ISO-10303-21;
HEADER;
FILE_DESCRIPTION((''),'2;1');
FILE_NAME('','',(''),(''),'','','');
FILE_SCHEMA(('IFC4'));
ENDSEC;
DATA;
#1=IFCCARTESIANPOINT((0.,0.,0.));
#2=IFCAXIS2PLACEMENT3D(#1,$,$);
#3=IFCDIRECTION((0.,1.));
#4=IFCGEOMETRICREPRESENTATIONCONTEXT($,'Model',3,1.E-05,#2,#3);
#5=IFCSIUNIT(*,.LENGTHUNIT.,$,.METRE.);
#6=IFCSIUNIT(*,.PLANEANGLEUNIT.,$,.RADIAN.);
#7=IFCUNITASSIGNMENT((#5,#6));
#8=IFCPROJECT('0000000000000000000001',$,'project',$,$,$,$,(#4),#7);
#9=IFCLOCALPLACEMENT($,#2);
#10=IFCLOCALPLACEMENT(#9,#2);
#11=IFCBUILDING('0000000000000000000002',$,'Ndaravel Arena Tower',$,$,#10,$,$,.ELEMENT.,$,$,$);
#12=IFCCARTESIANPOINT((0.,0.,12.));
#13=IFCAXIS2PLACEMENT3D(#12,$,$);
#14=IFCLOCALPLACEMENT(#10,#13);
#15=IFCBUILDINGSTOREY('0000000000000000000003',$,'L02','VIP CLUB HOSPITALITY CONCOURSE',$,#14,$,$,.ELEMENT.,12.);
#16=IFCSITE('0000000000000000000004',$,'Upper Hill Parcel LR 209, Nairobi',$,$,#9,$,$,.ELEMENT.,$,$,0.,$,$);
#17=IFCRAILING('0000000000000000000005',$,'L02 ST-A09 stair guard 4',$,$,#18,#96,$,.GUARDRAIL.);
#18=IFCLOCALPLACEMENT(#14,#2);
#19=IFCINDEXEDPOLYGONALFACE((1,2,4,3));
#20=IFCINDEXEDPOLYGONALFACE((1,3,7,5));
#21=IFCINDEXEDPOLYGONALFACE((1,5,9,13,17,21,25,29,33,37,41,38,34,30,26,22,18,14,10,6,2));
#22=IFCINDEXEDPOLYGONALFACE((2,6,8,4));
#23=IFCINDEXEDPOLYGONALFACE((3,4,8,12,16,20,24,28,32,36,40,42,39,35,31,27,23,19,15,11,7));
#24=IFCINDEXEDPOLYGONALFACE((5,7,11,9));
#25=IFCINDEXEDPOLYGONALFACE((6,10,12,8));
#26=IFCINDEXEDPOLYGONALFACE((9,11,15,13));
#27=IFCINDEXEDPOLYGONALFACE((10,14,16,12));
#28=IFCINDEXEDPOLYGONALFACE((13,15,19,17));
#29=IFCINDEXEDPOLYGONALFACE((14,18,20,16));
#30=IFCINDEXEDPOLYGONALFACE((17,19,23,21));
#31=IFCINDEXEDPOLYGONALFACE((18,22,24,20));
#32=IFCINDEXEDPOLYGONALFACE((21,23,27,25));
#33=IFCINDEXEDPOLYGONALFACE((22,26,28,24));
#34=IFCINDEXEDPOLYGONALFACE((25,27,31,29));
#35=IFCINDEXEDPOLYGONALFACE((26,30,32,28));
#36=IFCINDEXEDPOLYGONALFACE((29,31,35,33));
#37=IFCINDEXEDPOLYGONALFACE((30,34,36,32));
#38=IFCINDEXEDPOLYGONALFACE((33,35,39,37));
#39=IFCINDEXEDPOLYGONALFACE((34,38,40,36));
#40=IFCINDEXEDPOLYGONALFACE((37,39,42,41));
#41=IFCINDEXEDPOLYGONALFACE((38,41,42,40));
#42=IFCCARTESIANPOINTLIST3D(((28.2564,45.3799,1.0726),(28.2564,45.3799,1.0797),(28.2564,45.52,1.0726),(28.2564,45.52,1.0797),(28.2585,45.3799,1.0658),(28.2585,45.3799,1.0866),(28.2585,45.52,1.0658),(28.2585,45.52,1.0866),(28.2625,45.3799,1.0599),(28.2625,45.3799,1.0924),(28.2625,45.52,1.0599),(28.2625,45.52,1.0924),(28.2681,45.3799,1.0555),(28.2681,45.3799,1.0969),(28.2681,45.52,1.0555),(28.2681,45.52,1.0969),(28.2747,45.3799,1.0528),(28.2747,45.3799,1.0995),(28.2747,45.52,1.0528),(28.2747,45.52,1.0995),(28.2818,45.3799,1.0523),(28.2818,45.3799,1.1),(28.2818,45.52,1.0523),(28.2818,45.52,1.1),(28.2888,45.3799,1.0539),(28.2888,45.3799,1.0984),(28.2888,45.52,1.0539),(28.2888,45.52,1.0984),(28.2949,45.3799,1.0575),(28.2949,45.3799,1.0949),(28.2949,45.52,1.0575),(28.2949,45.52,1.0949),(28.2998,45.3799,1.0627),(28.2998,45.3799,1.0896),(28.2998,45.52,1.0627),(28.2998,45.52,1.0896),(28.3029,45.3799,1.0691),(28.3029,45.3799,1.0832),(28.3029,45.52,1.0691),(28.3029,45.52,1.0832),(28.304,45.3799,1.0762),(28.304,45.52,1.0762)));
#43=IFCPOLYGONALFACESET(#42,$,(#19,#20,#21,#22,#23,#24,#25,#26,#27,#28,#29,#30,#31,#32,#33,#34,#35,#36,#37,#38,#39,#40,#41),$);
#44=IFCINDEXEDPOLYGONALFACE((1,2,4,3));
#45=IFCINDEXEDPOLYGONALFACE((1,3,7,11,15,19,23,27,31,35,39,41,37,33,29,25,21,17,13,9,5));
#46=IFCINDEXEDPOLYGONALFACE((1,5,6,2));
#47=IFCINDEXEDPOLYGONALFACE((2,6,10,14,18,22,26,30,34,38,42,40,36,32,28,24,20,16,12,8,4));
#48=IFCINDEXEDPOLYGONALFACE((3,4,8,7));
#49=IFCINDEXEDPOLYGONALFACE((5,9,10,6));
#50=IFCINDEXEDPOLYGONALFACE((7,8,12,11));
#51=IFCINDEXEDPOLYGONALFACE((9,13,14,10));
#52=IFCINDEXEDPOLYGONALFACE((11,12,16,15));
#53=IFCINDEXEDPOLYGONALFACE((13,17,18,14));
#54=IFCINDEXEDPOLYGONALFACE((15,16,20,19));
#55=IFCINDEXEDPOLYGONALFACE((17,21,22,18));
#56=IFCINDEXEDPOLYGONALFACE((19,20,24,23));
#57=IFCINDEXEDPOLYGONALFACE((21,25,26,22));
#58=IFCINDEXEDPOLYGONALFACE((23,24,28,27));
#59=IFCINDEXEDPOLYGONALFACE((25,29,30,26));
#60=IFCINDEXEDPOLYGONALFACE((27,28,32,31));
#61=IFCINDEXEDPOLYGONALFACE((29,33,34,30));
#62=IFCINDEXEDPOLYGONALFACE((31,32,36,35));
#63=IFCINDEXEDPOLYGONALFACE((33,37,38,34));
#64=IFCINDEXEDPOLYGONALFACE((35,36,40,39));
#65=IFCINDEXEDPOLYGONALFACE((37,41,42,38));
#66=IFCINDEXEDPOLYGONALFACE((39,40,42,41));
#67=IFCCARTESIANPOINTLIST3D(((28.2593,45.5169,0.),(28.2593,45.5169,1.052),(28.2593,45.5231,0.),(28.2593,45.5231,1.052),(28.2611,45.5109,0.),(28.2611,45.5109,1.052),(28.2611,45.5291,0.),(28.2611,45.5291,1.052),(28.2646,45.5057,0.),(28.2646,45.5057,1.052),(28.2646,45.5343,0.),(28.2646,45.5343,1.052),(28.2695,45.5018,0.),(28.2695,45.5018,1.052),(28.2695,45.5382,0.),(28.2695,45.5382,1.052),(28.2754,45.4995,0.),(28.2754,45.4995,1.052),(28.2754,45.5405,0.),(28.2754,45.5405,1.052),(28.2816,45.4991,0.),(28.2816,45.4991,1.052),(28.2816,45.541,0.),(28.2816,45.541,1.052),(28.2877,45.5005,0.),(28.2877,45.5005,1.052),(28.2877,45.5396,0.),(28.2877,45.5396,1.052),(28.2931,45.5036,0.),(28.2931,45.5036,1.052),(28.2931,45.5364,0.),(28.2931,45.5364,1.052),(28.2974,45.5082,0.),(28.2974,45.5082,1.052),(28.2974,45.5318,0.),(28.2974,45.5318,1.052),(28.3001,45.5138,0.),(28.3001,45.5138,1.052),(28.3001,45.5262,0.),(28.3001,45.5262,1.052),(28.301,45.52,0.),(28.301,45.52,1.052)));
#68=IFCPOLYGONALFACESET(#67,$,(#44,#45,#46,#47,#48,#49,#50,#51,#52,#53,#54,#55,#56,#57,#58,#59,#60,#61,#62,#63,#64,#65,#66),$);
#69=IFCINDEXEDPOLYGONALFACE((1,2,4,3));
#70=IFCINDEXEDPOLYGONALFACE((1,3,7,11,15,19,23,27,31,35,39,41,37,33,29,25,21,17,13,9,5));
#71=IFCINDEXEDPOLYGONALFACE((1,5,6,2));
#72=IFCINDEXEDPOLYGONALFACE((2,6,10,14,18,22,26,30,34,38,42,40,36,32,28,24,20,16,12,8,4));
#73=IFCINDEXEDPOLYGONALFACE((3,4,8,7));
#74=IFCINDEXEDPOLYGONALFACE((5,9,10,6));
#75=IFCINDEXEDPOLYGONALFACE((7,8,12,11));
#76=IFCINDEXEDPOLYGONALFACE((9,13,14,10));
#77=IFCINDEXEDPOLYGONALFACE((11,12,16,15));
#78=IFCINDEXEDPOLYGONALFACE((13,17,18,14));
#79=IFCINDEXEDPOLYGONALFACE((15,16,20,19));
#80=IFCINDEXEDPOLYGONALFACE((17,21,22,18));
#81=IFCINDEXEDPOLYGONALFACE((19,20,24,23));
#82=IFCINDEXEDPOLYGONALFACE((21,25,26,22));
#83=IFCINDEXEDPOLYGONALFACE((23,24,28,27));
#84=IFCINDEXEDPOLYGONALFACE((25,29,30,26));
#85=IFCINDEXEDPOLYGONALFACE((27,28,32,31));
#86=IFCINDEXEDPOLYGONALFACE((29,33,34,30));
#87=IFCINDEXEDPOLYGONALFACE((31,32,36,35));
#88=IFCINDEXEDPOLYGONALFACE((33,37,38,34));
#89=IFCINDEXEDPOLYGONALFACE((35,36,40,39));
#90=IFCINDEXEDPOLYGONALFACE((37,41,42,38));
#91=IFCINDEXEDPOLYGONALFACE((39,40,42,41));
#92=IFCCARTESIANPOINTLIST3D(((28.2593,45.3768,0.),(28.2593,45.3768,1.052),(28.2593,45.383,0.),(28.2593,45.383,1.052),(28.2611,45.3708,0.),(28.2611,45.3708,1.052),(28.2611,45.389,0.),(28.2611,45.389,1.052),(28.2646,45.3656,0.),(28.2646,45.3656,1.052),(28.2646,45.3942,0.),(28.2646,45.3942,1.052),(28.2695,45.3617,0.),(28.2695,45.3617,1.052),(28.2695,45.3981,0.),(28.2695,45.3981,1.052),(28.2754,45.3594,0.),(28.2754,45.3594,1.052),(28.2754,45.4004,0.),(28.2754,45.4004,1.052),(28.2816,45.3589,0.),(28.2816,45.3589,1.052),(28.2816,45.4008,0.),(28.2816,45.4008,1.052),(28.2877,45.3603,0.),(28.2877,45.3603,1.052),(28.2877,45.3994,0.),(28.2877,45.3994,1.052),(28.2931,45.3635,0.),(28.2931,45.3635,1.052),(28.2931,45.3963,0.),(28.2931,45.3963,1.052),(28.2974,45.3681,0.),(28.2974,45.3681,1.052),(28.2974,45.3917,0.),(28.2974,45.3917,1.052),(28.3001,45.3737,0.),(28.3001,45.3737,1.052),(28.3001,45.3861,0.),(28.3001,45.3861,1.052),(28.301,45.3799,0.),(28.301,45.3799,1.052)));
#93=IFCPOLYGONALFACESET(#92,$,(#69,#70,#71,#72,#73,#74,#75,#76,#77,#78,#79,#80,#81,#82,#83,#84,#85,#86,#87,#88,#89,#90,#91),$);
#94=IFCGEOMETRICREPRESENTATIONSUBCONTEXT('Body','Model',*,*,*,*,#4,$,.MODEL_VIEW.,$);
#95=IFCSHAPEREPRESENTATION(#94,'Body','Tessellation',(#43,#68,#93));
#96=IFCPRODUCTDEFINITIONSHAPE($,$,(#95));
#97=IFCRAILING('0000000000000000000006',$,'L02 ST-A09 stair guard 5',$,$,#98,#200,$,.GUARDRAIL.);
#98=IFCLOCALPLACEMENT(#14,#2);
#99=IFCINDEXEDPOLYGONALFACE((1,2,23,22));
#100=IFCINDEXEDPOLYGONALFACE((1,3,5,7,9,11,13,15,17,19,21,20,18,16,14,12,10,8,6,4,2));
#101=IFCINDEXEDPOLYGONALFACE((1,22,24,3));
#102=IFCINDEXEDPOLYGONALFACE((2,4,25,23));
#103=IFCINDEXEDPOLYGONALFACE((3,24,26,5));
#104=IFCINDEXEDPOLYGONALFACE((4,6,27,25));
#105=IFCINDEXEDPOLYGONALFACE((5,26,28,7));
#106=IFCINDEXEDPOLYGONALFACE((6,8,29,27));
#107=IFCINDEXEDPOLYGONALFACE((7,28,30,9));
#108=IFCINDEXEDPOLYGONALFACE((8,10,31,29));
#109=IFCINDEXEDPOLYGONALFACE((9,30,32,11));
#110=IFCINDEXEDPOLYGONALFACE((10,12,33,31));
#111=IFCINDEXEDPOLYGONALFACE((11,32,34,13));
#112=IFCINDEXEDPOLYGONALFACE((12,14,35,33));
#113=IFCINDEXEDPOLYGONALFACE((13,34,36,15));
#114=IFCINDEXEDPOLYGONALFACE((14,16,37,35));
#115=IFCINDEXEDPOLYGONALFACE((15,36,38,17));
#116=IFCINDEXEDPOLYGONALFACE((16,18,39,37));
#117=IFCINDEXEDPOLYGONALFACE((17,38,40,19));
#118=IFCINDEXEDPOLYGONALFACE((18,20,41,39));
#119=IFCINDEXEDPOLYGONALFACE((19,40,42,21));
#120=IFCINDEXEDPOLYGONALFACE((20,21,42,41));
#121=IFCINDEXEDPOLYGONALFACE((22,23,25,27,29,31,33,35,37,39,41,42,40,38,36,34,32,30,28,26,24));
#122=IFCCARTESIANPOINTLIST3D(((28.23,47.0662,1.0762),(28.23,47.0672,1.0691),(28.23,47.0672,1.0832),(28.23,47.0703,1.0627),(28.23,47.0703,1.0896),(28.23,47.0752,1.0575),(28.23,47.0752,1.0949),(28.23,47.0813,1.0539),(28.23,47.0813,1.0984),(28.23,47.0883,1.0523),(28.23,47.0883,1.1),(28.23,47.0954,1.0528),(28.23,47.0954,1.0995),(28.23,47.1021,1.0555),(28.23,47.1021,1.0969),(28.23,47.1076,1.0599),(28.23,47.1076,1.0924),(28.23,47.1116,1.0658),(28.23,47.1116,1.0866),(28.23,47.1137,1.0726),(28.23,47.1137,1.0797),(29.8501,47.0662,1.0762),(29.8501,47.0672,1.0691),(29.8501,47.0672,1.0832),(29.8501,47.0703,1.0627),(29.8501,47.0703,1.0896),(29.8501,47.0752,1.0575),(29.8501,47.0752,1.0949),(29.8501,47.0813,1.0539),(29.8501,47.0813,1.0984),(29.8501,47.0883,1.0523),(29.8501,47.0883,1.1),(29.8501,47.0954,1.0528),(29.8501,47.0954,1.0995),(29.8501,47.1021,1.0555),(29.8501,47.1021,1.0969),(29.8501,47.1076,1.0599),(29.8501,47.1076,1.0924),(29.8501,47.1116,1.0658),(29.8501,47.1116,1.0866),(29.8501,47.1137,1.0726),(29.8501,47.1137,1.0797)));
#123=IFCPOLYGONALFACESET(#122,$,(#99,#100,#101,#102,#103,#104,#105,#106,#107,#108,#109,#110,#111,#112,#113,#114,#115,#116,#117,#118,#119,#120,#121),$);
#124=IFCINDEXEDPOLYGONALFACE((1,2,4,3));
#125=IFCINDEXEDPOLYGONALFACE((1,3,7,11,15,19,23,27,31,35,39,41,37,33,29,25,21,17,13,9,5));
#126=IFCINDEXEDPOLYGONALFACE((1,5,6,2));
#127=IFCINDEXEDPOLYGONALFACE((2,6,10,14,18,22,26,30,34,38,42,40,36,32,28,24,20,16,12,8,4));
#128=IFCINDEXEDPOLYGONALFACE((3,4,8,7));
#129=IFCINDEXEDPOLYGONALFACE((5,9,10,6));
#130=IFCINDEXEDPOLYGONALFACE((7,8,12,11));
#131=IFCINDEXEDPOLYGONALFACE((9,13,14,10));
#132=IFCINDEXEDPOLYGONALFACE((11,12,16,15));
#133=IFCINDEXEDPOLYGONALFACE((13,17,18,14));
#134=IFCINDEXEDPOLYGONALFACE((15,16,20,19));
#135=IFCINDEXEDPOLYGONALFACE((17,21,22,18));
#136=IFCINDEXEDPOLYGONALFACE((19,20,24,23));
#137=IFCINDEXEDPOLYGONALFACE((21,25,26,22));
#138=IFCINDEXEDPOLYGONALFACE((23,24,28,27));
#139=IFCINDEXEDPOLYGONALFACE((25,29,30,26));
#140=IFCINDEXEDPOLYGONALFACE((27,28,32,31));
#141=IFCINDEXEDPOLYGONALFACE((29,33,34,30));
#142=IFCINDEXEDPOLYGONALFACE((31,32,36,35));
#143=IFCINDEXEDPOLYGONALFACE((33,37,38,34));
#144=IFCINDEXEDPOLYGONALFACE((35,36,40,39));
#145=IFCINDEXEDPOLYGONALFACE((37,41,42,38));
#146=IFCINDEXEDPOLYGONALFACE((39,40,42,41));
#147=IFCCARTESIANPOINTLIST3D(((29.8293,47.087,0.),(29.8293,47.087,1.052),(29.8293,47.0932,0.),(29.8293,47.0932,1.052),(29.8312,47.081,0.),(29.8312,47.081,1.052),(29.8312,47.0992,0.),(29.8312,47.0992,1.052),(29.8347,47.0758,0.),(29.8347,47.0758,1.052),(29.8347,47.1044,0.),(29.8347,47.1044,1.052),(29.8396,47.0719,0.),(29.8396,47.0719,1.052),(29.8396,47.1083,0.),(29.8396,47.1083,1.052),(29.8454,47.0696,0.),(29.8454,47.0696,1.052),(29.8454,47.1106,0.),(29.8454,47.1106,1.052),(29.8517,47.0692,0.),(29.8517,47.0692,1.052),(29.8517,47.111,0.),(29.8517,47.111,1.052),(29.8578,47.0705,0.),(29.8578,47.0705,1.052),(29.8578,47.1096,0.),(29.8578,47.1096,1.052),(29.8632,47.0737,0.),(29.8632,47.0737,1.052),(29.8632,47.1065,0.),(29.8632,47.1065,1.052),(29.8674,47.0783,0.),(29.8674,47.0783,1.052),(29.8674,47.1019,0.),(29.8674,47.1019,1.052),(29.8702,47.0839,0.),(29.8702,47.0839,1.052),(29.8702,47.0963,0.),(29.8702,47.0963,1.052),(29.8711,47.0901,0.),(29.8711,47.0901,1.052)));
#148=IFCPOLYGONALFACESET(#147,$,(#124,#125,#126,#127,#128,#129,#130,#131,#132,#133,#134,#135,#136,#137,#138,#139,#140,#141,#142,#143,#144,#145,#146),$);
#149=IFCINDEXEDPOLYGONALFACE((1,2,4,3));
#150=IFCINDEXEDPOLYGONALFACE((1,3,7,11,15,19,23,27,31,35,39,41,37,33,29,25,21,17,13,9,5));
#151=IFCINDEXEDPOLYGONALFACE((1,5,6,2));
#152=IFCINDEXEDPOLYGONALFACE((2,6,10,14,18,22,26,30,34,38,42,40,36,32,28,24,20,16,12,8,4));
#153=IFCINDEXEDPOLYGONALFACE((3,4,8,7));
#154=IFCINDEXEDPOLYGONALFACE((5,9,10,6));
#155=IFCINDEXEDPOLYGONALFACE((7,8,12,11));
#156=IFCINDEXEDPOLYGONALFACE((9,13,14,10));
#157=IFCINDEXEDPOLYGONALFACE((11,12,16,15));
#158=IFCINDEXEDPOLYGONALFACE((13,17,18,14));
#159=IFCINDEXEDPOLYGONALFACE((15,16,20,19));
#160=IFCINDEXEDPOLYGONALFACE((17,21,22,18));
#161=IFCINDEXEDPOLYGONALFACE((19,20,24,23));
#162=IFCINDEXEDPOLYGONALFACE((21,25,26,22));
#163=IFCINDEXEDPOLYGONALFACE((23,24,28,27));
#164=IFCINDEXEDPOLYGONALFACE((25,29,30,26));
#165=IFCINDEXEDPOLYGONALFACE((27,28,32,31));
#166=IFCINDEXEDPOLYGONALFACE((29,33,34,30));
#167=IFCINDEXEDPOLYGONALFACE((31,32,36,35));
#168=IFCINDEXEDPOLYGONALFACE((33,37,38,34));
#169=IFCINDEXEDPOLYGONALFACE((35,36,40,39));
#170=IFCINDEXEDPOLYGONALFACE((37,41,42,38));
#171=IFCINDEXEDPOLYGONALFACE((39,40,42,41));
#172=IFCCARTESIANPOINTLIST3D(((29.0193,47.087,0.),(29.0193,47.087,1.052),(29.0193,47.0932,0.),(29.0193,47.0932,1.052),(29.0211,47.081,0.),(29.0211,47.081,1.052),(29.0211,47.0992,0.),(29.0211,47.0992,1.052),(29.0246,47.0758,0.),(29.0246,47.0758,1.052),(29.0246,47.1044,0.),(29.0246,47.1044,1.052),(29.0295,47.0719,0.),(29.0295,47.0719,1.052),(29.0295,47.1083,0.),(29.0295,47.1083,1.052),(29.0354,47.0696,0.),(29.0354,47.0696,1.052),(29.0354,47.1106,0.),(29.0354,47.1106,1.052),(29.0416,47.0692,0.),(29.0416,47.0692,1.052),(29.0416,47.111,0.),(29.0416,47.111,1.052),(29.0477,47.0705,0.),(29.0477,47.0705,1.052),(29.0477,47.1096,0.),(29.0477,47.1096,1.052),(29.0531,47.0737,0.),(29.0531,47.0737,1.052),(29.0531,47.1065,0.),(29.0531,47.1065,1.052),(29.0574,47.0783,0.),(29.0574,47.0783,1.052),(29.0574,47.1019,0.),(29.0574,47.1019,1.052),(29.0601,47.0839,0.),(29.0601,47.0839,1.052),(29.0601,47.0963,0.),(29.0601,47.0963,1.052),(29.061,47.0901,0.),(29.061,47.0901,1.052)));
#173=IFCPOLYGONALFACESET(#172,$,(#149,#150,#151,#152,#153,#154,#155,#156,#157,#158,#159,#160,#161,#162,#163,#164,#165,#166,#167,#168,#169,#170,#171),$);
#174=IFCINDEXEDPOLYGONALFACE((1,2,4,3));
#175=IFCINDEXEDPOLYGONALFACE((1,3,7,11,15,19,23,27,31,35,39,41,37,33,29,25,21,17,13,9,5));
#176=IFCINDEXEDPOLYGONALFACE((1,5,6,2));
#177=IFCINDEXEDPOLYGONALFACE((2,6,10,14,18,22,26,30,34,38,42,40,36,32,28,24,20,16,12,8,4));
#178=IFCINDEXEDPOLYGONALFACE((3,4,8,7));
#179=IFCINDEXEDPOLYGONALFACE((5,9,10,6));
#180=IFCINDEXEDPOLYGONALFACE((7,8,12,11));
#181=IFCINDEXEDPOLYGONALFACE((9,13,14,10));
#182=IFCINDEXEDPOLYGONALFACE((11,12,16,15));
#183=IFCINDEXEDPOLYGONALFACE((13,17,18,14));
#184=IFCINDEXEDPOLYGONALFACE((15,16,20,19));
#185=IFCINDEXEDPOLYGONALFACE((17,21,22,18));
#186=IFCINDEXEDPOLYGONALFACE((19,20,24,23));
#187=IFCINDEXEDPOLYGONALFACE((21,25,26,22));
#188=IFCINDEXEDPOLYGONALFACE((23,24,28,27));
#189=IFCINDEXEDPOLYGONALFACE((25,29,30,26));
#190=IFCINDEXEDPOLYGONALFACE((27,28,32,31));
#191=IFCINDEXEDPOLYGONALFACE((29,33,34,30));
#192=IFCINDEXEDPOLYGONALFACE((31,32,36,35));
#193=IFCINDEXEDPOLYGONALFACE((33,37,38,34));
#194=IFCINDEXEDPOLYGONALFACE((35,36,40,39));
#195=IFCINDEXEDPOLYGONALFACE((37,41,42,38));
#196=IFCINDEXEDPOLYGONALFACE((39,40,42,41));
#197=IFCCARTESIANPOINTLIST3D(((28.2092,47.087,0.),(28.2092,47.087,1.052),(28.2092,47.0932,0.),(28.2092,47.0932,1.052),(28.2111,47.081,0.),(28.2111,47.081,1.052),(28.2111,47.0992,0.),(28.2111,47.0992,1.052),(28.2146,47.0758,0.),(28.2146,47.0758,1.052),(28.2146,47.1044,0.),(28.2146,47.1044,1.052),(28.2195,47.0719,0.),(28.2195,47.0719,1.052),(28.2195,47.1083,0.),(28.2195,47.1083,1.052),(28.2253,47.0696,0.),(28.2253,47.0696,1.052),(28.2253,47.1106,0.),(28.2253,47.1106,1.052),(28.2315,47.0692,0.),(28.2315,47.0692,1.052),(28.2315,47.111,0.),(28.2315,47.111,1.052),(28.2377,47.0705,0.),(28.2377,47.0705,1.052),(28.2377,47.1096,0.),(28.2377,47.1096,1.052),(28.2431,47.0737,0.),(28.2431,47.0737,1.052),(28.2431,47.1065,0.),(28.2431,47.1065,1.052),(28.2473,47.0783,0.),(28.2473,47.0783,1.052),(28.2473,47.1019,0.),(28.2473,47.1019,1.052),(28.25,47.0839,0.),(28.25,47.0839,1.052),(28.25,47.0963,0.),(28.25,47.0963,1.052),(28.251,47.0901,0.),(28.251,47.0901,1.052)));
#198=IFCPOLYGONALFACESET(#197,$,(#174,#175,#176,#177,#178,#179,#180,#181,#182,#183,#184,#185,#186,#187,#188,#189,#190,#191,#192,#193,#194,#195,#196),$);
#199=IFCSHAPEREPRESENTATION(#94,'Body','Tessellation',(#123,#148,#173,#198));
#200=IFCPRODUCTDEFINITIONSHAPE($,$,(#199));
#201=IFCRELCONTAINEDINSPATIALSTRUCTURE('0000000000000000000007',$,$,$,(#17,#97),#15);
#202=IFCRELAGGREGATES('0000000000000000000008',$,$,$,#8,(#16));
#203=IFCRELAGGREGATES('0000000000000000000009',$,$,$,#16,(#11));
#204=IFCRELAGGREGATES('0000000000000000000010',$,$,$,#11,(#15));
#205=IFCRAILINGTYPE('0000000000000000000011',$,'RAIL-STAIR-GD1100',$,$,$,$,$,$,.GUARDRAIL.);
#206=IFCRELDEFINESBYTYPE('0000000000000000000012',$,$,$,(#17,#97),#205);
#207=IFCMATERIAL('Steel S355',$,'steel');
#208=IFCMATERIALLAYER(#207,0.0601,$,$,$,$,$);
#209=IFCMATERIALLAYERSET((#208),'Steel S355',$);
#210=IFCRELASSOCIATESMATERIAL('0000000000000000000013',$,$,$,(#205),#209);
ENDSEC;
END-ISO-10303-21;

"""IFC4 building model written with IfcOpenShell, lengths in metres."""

from ifc_helpers import new_model, si_unit, direction, frame, origin, origin_2d, place, context, subcontext, project, spatial, circle, extrude, material, layer, layer_set, type_object, element, save


model = new_model("IFC4")

# Units and contexts
model_context = context("Model", 3, precision=1e-05, world=origin(), true_north=direction((0.0, 1.0)))
body_context = subcontext(model_context, "Body", "Model", "MODEL_VIEW")
ifc_project = project(units=[si_unit("LENGTHUNIT", "METRE"), si_unit("PLANEANGLEUNIT", "RADIAN")], contexts=[model_context])

# Site, building, storey
site_placement = place(None, origin())
site = spatial("IfcSite", under=ifc_project, at=site_placement, Name="Upper Hill Parcel LR 209, Nairobi", CompositionType="ELEMENT", RefElevation=0.0)
building_placement = place(site_placement, origin())
building = spatial("IfcBuilding", under=site, at=building_placement, Name="Ndaravel Arena Tower", CompositionType="ELEMENT")
storey_placement = place(building_placement, frame((0.0, 0.0, 12.0)))
storey = spatial("IfcBuildingStorey", under=building, at=storey_placement, Name="L02", Description="VIP CLUB HOSPITALITY CONCOURSE", CompositionType="ELEMENT", Elevation=12.0)

# Railings
ifc_material_1 = material(Name="Steel S355", Category="steel")
ifc_layer_1 = layer(ifc_material_1, 0.0601)
ifc_layer_set_1 = layer_set([ifc_layer_1], Name="Steel S355")
railing_type_1 = type_object("IfcRailingType", Name="RAIL-STAIR-GD1100", PredefinedType="GUARDRAIL", material=ifc_layer_set_1)
railing_1_placement = place(storey_placement, frame((28.28, 45.52, 0.0)))
element("IfcRailing", 1, at=railing_1_placement, inside=storey, type_object=railing_type_1, Name="L02 ST-A09 stair guard 4", PredefinedType="GUARDRAIL", context=body_context, shape_type="SweptSolid", body=[
    extrude(circle(Radius=0.0239, at=origin_2d()), frame((0.0, 0.0, 1.0762), z_axis=(0.0, -1.0, 0.0), x_axis=(1.0, 0.0, 0.0)), (0.0, 0.0, 1.0), 0.1401),
    extrude(circle(Radius=0.021, at=origin_2d()), origin(), (0.0, 0.0, 1.0), 1.052),
    extrude(circle(Radius=0.021, at=origin_2d()), frame((0.0, -0.1401, 0.0)), (0.0, 0.0, 1.0), 1.052),
])
for number, where, name in (
    (2, (29.8501, 47.0901, 0.0), "L02 ST-A09 stair guard 5"),
):
    element("IfcRailing", number, at=place(storey_placement, frame(where)), inside=storey, type_object=railing_type_1, Name=name, PredefinedType="GUARDRAIL", context=body_context, shape_type="SweptSolid", body=[
        extrude(circle(Radius=0.0239, at=origin_2d()), frame((0.0, 0.0, 1.0762), z_axis=(-1.0, 0.0, 0.0), x_axis=(0.0, -1.0, 0.0)), (0.0, 0.0, 1.0), 1.6201),
        extrude(circle(Radius=0.021, at=origin_2d()), origin(), (0.0, 0.0, 1.0), 1.052),
        extrude(circle(Radius=0.021, at=origin_2d()), frame((-0.8101, 0.0, 0.0)), (0.0, 0.0, 1.0), 1.052),
        extrude(circle(Radius=0.021, at=origin_2d()), frame((-1.6201, 0.0, 0.0)), (0.0, 0.0, 1.0), 1.052),
    ])

save(model, "model.ifc")
